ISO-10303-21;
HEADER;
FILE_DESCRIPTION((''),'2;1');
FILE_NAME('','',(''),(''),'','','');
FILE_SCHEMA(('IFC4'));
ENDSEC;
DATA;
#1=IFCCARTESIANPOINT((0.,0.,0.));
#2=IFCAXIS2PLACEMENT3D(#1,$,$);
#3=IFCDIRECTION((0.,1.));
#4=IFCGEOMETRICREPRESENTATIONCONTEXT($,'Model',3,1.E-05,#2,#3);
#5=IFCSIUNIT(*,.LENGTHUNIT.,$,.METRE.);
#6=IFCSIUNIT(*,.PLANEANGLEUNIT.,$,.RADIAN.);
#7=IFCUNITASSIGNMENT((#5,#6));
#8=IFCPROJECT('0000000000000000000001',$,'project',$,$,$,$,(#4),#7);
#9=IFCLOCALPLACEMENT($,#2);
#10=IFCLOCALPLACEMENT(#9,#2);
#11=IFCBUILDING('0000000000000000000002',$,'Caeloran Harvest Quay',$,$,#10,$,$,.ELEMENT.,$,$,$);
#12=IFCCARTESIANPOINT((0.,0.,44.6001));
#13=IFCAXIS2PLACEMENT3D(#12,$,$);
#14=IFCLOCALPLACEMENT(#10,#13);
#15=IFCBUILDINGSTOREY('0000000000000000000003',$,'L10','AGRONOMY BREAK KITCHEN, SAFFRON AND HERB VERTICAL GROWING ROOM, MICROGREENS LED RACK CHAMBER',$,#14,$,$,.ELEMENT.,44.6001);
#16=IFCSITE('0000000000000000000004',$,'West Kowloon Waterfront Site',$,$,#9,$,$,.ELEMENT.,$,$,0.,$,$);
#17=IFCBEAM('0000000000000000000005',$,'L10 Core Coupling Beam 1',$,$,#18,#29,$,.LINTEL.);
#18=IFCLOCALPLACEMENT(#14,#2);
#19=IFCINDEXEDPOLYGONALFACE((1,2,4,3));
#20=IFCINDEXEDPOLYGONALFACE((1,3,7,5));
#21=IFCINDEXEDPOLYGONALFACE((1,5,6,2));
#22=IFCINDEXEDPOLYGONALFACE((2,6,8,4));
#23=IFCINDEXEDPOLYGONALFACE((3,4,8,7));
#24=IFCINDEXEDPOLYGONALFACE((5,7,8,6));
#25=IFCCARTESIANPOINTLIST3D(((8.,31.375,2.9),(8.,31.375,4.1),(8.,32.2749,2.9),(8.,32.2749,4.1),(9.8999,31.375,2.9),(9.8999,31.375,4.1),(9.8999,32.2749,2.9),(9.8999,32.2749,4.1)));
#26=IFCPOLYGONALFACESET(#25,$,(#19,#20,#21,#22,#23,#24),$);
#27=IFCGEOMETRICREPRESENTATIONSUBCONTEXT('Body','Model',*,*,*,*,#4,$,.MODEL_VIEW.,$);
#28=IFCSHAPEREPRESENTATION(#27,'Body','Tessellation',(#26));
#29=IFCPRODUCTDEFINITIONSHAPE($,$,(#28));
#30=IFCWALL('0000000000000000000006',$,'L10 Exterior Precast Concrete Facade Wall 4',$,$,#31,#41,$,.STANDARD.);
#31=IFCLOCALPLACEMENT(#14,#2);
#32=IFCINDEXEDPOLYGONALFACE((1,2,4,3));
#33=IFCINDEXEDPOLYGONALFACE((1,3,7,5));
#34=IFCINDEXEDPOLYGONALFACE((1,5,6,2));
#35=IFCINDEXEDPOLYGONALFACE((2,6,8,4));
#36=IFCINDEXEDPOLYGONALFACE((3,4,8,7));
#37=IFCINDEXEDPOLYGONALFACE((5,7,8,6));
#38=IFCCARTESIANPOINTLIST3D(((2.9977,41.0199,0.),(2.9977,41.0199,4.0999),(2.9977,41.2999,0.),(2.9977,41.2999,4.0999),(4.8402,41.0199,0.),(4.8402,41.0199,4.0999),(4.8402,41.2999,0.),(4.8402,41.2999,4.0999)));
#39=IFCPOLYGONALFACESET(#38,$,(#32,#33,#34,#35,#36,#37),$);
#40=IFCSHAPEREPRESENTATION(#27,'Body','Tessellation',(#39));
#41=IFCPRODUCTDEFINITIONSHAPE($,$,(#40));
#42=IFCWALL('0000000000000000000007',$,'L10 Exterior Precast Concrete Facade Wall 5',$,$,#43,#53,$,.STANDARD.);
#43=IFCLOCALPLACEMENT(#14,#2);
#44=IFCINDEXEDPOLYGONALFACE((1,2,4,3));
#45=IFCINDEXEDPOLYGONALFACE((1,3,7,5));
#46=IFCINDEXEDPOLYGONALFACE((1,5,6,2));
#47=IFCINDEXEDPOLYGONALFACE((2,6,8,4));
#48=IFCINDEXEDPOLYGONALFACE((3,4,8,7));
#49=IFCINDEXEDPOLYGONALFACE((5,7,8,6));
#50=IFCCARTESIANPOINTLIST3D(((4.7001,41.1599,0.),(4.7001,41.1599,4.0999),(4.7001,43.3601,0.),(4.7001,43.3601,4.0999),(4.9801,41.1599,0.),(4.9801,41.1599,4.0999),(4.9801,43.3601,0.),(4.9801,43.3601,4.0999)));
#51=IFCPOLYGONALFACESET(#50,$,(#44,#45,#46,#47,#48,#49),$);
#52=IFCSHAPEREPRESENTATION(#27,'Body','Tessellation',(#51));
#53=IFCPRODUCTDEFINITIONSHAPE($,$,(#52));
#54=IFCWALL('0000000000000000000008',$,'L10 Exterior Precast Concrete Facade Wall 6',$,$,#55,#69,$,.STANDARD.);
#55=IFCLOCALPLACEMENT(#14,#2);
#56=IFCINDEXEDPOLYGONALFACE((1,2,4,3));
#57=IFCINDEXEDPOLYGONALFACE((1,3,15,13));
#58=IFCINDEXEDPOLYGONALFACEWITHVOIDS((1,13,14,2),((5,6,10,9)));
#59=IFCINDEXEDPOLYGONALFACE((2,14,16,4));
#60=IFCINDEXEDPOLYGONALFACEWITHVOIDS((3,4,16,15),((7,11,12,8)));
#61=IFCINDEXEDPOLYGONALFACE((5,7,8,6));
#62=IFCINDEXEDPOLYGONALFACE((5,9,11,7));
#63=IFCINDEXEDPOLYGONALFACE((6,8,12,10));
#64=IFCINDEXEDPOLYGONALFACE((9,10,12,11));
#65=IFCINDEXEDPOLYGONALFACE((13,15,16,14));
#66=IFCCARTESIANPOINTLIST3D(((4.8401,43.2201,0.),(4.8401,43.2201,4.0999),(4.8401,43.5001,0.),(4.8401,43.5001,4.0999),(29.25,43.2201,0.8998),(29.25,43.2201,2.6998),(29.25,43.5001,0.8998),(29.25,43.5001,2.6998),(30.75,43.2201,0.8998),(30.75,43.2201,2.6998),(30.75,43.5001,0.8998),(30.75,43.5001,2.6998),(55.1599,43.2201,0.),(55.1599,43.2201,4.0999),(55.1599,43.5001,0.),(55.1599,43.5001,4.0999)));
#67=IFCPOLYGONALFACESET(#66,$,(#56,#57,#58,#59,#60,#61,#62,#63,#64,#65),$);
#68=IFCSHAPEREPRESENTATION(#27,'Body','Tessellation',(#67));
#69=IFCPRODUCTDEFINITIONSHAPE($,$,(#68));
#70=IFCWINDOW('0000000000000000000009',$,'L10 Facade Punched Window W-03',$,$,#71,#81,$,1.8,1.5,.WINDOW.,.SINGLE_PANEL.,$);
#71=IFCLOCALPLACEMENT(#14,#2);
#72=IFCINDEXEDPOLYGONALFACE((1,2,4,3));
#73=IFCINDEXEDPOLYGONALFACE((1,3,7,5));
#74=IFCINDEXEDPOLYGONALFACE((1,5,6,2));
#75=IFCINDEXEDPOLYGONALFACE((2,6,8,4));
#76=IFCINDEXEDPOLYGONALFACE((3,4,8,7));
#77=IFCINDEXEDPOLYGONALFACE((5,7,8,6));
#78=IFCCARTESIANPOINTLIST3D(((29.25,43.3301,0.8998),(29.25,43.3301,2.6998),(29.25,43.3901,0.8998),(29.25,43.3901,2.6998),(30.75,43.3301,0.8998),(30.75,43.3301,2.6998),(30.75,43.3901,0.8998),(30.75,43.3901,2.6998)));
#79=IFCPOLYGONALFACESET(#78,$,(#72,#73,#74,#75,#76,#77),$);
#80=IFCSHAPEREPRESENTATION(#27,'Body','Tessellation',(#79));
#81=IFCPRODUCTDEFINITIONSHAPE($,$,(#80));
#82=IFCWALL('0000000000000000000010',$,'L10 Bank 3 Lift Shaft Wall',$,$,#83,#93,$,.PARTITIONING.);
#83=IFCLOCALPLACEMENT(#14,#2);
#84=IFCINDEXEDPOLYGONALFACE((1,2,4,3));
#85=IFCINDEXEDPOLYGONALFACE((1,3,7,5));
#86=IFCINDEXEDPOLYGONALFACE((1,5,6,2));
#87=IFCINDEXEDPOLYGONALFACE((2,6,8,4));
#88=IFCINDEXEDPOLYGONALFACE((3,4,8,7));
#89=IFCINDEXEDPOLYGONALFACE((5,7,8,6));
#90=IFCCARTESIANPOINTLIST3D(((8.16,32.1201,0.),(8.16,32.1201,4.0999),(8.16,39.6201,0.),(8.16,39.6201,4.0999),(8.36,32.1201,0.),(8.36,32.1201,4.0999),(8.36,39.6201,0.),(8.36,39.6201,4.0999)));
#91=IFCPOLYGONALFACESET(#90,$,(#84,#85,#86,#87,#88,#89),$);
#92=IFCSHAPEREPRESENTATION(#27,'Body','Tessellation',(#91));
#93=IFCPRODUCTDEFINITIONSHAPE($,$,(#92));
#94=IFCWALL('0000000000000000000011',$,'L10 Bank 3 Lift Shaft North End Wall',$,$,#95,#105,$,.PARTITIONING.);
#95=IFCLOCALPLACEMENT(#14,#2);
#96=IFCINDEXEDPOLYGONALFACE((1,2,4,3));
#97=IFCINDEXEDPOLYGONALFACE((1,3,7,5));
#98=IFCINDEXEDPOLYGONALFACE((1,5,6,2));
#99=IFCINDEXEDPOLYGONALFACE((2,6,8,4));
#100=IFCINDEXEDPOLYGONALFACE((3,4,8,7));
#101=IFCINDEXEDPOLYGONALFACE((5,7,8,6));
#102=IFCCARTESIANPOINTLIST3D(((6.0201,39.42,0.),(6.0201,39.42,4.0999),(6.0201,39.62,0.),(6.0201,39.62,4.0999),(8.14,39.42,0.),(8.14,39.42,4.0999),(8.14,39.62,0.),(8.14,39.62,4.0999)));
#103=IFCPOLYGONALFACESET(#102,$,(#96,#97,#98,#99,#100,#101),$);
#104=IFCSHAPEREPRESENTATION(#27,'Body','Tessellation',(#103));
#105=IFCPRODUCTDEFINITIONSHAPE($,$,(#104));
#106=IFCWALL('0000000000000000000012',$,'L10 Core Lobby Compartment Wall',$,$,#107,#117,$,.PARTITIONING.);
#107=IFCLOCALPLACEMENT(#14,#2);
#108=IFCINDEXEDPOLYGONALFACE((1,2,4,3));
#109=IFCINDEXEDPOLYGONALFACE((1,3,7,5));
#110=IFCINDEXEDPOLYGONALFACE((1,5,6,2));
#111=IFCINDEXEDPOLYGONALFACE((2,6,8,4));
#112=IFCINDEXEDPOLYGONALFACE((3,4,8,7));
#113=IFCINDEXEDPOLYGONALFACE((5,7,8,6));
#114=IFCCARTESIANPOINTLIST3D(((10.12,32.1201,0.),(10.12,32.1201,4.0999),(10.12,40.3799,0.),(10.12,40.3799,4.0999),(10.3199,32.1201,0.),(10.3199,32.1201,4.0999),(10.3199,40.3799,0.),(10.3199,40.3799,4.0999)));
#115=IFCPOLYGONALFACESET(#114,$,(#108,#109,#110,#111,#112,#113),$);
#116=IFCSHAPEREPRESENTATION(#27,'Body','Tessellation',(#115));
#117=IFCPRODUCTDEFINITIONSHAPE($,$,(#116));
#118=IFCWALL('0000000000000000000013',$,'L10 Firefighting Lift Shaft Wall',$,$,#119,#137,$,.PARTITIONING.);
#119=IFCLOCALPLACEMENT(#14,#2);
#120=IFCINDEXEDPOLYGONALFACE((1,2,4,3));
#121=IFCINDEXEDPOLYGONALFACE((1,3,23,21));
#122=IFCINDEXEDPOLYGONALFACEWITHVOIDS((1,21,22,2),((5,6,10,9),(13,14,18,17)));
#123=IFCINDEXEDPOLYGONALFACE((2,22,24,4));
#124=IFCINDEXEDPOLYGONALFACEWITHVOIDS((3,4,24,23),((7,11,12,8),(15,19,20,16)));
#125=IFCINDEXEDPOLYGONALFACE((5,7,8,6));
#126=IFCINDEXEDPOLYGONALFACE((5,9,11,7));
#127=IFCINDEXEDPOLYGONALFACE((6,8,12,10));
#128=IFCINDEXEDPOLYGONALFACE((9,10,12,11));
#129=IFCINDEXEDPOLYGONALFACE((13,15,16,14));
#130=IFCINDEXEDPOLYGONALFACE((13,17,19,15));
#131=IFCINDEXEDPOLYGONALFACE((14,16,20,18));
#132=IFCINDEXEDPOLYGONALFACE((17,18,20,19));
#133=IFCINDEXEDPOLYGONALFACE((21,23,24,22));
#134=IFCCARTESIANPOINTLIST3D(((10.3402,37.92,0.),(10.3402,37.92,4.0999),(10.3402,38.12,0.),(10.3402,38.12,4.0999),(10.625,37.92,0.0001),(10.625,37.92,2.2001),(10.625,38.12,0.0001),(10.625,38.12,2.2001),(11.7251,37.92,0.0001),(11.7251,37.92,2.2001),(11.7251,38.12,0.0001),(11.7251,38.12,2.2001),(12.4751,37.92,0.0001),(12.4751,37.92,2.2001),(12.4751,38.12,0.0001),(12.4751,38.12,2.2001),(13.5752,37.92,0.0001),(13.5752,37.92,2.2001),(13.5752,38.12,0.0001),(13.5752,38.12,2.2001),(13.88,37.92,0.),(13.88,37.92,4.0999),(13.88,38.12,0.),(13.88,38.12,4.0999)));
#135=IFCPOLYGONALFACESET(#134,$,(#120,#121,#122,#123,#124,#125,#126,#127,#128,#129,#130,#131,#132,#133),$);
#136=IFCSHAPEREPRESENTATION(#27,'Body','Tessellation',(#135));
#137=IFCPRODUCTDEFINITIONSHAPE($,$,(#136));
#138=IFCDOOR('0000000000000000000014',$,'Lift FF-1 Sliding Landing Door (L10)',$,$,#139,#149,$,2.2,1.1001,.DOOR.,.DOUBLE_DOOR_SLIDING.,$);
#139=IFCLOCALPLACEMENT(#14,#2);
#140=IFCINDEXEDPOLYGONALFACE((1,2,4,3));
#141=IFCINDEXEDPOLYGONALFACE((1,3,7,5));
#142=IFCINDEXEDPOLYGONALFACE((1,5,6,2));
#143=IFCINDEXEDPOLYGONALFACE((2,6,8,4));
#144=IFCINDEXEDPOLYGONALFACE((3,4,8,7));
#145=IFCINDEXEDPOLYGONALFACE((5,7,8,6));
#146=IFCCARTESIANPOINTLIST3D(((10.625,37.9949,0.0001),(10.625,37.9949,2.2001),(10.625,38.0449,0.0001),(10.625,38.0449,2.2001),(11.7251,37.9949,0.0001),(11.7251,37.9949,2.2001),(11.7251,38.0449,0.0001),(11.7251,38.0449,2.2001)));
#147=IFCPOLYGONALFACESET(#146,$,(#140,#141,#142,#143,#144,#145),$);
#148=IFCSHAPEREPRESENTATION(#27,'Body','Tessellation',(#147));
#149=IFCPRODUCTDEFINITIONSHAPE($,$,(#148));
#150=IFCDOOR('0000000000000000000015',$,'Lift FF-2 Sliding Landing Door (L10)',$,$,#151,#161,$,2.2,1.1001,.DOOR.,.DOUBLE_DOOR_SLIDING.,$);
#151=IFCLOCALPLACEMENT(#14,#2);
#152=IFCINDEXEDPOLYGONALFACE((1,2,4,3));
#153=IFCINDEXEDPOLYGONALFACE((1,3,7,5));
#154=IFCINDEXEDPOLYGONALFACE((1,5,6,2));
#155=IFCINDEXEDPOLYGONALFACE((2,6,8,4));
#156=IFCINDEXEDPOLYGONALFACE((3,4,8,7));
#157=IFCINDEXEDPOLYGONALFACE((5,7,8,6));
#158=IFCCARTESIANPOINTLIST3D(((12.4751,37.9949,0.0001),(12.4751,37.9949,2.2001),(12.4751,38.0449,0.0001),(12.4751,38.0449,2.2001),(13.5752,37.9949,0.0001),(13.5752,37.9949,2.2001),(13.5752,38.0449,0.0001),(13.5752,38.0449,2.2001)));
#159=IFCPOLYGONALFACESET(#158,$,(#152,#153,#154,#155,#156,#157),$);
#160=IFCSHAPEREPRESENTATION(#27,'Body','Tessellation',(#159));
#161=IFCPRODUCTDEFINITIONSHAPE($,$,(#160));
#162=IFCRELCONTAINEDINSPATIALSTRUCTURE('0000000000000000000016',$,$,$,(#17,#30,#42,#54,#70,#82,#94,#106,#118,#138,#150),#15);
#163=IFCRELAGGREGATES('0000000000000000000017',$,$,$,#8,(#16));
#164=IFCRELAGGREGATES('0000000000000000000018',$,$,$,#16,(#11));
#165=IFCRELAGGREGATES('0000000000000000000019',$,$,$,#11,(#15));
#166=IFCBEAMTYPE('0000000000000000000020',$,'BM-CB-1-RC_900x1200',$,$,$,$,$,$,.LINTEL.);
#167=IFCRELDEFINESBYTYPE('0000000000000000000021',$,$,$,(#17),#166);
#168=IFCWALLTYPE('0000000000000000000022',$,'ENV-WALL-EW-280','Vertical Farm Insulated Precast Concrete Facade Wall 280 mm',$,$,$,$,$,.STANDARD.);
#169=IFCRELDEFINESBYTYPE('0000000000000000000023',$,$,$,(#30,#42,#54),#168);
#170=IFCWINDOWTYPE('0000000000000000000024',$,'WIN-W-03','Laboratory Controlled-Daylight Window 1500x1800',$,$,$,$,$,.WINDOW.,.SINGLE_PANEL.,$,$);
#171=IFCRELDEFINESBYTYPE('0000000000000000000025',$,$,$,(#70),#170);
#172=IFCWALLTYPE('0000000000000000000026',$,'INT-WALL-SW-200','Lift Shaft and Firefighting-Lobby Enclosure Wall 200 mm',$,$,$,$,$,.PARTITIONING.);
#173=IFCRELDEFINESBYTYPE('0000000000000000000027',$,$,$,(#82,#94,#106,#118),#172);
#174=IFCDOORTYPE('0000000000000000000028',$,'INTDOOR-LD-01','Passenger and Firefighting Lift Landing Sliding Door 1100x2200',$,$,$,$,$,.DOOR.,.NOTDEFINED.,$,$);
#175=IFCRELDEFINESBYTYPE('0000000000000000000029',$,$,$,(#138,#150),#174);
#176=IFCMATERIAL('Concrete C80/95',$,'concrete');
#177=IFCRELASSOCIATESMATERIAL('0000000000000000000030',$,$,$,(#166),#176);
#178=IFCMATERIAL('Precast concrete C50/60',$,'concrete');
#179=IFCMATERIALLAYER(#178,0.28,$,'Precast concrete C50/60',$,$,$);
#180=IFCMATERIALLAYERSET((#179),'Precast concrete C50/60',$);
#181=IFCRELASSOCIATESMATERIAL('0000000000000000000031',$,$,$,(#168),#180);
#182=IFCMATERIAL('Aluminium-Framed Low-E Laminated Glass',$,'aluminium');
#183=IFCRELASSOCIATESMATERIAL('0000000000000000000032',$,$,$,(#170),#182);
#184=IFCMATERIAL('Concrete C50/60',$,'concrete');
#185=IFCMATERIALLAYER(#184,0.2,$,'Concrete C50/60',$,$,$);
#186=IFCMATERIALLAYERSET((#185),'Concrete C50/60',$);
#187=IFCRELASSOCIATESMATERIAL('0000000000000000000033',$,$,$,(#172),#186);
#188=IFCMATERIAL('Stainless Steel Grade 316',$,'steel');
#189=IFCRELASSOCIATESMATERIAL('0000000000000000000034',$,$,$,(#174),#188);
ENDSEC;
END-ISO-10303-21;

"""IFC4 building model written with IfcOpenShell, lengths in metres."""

from ifc_helpers import new_model, si_unit, direction, frame, frame_2d, origin, origin_2d, place, context, subcontext, project, spatial, rectangle, extrude, material, layer, layer_set, material_profile, profile_set, type_object, element, fill, save


model = new_model("IFC4")

# Units and contexts
model_context = context("Model", 3, precision=1e-05, world=origin(), true_north=direction((0.0, 1.0)))
body_context = subcontext(model_context, "Body", "Model", "MODEL_VIEW")
ifc_project = project(units=[si_unit("LENGTHUNIT", "METRE"), si_unit("PLANEANGLEUNIT", "RADIAN")], contexts=[model_context])

# Site, building, storey
site_placement = place(None, origin())
site = spatial("IfcSite", under=ifc_project, at=site_placement, Name="West Kowloon Waterfront Site", CompositionType="ELEMENT", RefElevation=0.0)
building_placement = place(site_placement, origin())
building = spatial("IfcBuilding", under=site, at=building_placement, Name="Caeloran Harvest Quay", CompositionType="ELEMENT")
storey_placement = place(building_placement, frame((0.0, 0.0, 44.6001)))
storey = spatial("IfcBuildingStorey", under=building, at=storey_placement, Name="L10", Description="AGRONOMY BREAK KITCHEN, SAFFRON AND HERB VERTICAL GROWING ROOM, MICROGREENS LED RACK CHAMBER", CompositionType="ELEMENT", Elevation=44.6001)

# Beam
ifc_material_1 = material(Name="Concrete C80/95", Category="concrete")
ifc_material_profile = material_profile(ifc_material_1, rectangle(XDim=0.8999, YDim=1.2, at=origin_2d()), Name="RC 900x1200")
ifc_profile_set = profile_set([ifc_material_profile], Name="Concrete C80/95")
beam_type = type_object("IfcBeamType", Name="BM-CB-1-RC_900x1200", PredefinedType="LINTEL", material=ifc_profile_set)
beam_placement = place(storey_placement, frame((8.0, 31.825, 3.5), z_axis=(1.0, 0.0, 0.0), x_axis=(0.0, 1.0, 0.0)))
element("IfcBeam", 1, at=beam_placement, inside=storey, type_object=beam_type, Name="L10 Core Coupling Beam 1", PredefinedType="LINTEL", context=body_context, shape_type="SweptSolid", body=[
    extrude(rectangle(XDim=0.8999, YDim=1.2, at=origin_2d()), origin(), (0.0, 0.0, 1.0), 1.8999),
])

# Walls
ifc_material_2 = material(Name="Precast concrete C50/60", Category="concrete")
ifc_layer_1 = layer(ifc_material_2, 0.28, Name="Precast concrete C50/60")
ifc_layer_set_1 = layer_set([ifc_layer_1], Name="Precast concrete C50/60")
wall_type_1 = type_object("IfcWallType", Name="ENV-WALL-EW-280", Description="Vertical Farm Insulated Precast Concrete Facade Wall 280 mm", PredefinedType="STANDARD", material=ifc_layer_set_1)
wall_1_placement = place(storey_placement, frame((2.9976, 41.1599, 0.0), z_axis=(0.0, 0.0, 1.0), x_axis=(1.0, 0.0, 0.0)))
element("IfcWall", 2, at=wall_1_placement, inside=storey, type_object=wall_type_1, Name="L10 Exterior Precast Concrete Facade Wall 4", PredefinedType="STANDARD", context=body_context, shape_type="SweptSolid", body=[
    extrude(rectangle(XDim=1.8425, YDim=0.28, at=frame_2d((0.9214, 0.0))), origin(), (0.0, 0.0, 1.0), 4.0999),
])
wall_2_placement = place(storey_placement, frame((4.8401, 41.1599, 0.0), z_axis=(0.0, 0.0, 1.0), x_axis=(0.0, 1.0, 0.0)))
element("IfcWall", 3, at=wall_2_placement, inside=storey, type_object=wall_type_1, Name="L10 Exterior Precast Concrete Facade Wall 5", PredefinedType="STANDARD", context=body_context, shape_type="SweptSolid", body=[
    extrude(rectangle(XDim=2.2002, YDim=0.28, at=frame_2d((1.1001, 0.0))), origin(), (0.0, 0.0, 1.0), 4.0999),
])

# Wall, opening, window
wall_3_placement = place(storey_placement, frame((4.8401, 43.3601, 0.0), z_axis=(0.0, 0.0, 1.0), x_axis=(1.0, 0.0, 0.0)))
wall_3 = element("IfcWall", 4, at=wall_3_placement, inside=storey, type_object=wall_type_1, Name="L10 Exterior Precast Concrete Facade Wall 6", PredefinedType="STANDARD", context=body_context, shape_type="SweptSolid", body=[
    extrude(rectangle(XDim=50.3198, YDim=0.28, at=frame_2d((25.1599, 0.0))), origin(), (0.0, 0.0, 1.0), 4.0999),
])
opening_1_placement = place(wall_3_placement, frame((24.4099, 0.0, 0.8999)))
opening_1 = element("IfcOpeningElement", 5, at=opening_1_placement, cuts=wall_3, PredefinedType="OPENING", context=body_context, shape_type="SweptSolid", body=[
    extrude(rectangle(XDim=1.5, YDim=1.8, at=frame_2d((0.75, 0.8999))), frame((0.0, 0.1499, 0.0), z_axis=(0.0, -1.0, 0.0), x_axis=(1.0, 0.0, 0.0)), (0.0, 0.0, 1.0), 0.3),
])
ifc_material_3 = material(Name="Aluminium-Framed Low-E Laminated Glass", Category="aluminium")
window_type = type_object("IfcWindowType", Name="WIN-W-03", Description="Laboratory Controlled-Daylight Window 1500x1800", PartitioningType="SINGLE_PANEL", PredefinedType="WINDOW", material=ifc_material_3)
window_placement = place(opening_1_placement, origin())
window = element("IfcWindow", 6, at=window_placement, inside=storey, type_object=window_type, Name="L10 Facade Punched Window W-03", OverallHeight=1.8, OverallWidth=1.5, PartitioningType="SINGLE_PANEL", PredefinedType="WINDOW", context=body_context, shape_type="SweptSolid", body=[
    extrude(rectangle(XDim=1.5, YDim=1.8, at=frame_2d((0.75, 0.8999))), frame((0.0, 0.03, 0.0), z_axis=(0.0, -1.0, 0.0), x_axis=(1.0, 0.0, 0.0)), (0.0, 0.0, 1.0), 0.0601),
])
fill(opening_1, window)

# Walls
ifc_material_4 = material(Name="Concrete C50/60", Category="concrete")
ifc_layer_2 = layer(ifc_material_4, 0.2, Name="Concrete C50/60")
ifc_layer_set_2 = layer_set([ifc_layer_2], Name="Concrete C50/60")
wall_type_2 = type_object("IfcWallType", Name="INT-WALL-SW-200", Description="Lift Shaft and Firefighting-Lobby Enclosure Wall 200 mm", PredefinedType="PARTITIONING", material=ifc_layer_set_2)
wall_4_placement = place(storey_placement, frame((8.26, 32.1201, 0.0), z_axis=(0.0, 0.0, 1.0), x_axis=(0.0, 1.0, 0.0)))
element("IfcWall", 7, at=wall_4_placement, inside=storey, type_object=wall_type_2, Name="L10 Bank 3 Lift Shaft Wall", PredefinedType="PARTITIONING", context=body_context, shape_type="SweptSolid", body=[
    extrude(rectangle(XDim=7.5, YDim=0.2, at=frame_2d((3.75, 0.0))), origin(), (0.0, 0.0, 1.0), 4.0999),
])
wall_5_placement = place(storey_placement, frame((6.02, 39.52, 0.0), z_axis=(0.0, 0.0, 1.0), x_axis=(1.0, 0.0, 0.0)))
element("IfcWall", 8, at=wall_5_placement, inside=storey, type_object=wall_type_2, Name="L10 Bank 3 Lift Shaft North End Wall", PredefinedType="PARTITIONING", context=body_context, shape_type="SweptSolid", body=[
    extrude(rectangle(XDim=2.1199, YDim=0.2, at=frame_2d((1.0601, 0.0))), origin(), (0.0, 0.0, 1.0), 4.0999),
])
wall_6_placement = place(storey_placement, frame((10.22, 32.1201, 0.0), z_axis=(0.0, 0.0, 1.0), x_axis=(0.0, 1.0, 0.0)))
element("IfcWall", 9, at=wall_6_placement, inside=storey, type_object=wall_type_2, Name="L10 Core Lobby Compartment Wall", PredefinedType="PARTITIONING", context=body_context, shape_type="SweptSolid", body=[
    extrude(rectangle(XDim=8.2598, YDim=0.2, at=frame_2d((4.1299, 0.0))), origin(), (0.0, 0.0, 1.0), 4.0999),
])

# Wall, openings, doors
wall_7_placement = place(storey_placement, frame((10.3401, 38.02, 0.0), z_axis=(0.0, 0.0, 1.0), x_axis=(1.0, 0.0, 0.0)))
wall_7 = element("IfcWall", 10, at=wall_7_placement, inside=storey, type_object=wall_type_2, Name="L10 Firefighting Lift Shaft Wall", PredefinedType="PARTITIONING", context=body_context, shape_type="SweptSolid", body=[
    extrude(rectangle(XDim=3.5398, YDim=0.2, at=frame_2d((1.77, 0.0))), origin(), (0.0, 0.0, 1.0), 4.0999),
])
opening_2_placement = place(wall_7_placement, frame((0.2849, 0.0, 0.0)))
opening_2 = element("IfcOpeningElement", 11, at=opening_2_placement, cuts=wall_7, PredefinedType="OPENING", context=body_context, shape_type="SweptSolid", body=[
    extrude(rectangle(XDim=1.1001, YDim=2.2, at=frame_2d((0.55, 1.1001))), frame((0.0, 0.1099, 0.0), z_axis=(0.0, -1.0, 0.0), x_axis=(1.0, 0.0, 0.0)), (0.0, 0.0, 1.0), 0.22),
])
opening_3_placement = place(wall_7_placement, frame((2.135, 0.0, 0.0)))
opening_3 = element("IfcOpeningElement", 12, at=opening_3_placement, cuts=wall_7, PredefinedType="OPENING", context=body_context, shape_type="SweptSolid", body=[
    extrude(rectangle(XDim=1.1001, YDim=2.2, at=frame_2d((0.55, 1.1001))), frame((0.0, 0.1099, 0.0), z_axis=(0.0, -1.0, 0.0), x_axis=(1.0, 0.0, 0.0)), (0.0, 0.0, 1.0), 0.22),
])
ifc_material_5 = material(Name="Stainless Steel Grade 316", Category="steel")
door_type_1 = type_object("IfcDoorType", Name="INTDOOR-LD-01", Description="Passenger and Firefighting Lift Landing Sliding Door 1100x2200", OperationType="NOTDEFINED", PredefinedType="DOOR", material=ifc_material_5)
door_1_placement = place(opening_2_placement, origin())
door_1 = element("IfcDoor", 13, at=door_1_placement, inside=storey, type_object=door_type_1, Name="Lift FF-1 Sliding Landing Door (L10)", OperationType="DOUBLE_DOOR_SLIDING", OverallHeight=2.2, OverallWidth=1.1001, PredefinedType="DOOR", context=body_context, shape_type="SweptSolid", body=[
    extrude(rectangle(XDim=1.1001, YDim=2.2, at=frame_2d((0.55, 1.1001))), frame((0.0, 0.0249, 0.0), z_axis=(0.0, -1.0, 0.0), x_axis=(1.0, 0.0, 0.0)), (0.0, 0.0, 1.0), 0.05),
])
fill(opening_2, door_1)
door_2_placement = place(opening_3_placement, origin())
door_2 = element("IfcDoor", 14, at=door_2_placement, inside=storey, type_object=door_type_1, Name="Lift FF-2 Sliding Landing Door (L10)", OperationType="DOUBLE_DOOR_SLIDING", OverallHeight=2.2, OverallWidth=1.1001, PredefinedType="DOOR", context=body_context, shape_type="SweptSolid", body=[
    extrude(rectangle(XDim=1.1001, YDim=2.2, at=frame_2d((0.55, 1.1001))), frame((0.0, 0.0249, 0.0), z_axis=(0.0, -1.0, 0.0), x_axis=(1.0, 0.0, 0.0)), (0.0, 0.0, 1.0), 0.05),
])
fill(opening_3, door_2)

save(model, "model.ifc")
